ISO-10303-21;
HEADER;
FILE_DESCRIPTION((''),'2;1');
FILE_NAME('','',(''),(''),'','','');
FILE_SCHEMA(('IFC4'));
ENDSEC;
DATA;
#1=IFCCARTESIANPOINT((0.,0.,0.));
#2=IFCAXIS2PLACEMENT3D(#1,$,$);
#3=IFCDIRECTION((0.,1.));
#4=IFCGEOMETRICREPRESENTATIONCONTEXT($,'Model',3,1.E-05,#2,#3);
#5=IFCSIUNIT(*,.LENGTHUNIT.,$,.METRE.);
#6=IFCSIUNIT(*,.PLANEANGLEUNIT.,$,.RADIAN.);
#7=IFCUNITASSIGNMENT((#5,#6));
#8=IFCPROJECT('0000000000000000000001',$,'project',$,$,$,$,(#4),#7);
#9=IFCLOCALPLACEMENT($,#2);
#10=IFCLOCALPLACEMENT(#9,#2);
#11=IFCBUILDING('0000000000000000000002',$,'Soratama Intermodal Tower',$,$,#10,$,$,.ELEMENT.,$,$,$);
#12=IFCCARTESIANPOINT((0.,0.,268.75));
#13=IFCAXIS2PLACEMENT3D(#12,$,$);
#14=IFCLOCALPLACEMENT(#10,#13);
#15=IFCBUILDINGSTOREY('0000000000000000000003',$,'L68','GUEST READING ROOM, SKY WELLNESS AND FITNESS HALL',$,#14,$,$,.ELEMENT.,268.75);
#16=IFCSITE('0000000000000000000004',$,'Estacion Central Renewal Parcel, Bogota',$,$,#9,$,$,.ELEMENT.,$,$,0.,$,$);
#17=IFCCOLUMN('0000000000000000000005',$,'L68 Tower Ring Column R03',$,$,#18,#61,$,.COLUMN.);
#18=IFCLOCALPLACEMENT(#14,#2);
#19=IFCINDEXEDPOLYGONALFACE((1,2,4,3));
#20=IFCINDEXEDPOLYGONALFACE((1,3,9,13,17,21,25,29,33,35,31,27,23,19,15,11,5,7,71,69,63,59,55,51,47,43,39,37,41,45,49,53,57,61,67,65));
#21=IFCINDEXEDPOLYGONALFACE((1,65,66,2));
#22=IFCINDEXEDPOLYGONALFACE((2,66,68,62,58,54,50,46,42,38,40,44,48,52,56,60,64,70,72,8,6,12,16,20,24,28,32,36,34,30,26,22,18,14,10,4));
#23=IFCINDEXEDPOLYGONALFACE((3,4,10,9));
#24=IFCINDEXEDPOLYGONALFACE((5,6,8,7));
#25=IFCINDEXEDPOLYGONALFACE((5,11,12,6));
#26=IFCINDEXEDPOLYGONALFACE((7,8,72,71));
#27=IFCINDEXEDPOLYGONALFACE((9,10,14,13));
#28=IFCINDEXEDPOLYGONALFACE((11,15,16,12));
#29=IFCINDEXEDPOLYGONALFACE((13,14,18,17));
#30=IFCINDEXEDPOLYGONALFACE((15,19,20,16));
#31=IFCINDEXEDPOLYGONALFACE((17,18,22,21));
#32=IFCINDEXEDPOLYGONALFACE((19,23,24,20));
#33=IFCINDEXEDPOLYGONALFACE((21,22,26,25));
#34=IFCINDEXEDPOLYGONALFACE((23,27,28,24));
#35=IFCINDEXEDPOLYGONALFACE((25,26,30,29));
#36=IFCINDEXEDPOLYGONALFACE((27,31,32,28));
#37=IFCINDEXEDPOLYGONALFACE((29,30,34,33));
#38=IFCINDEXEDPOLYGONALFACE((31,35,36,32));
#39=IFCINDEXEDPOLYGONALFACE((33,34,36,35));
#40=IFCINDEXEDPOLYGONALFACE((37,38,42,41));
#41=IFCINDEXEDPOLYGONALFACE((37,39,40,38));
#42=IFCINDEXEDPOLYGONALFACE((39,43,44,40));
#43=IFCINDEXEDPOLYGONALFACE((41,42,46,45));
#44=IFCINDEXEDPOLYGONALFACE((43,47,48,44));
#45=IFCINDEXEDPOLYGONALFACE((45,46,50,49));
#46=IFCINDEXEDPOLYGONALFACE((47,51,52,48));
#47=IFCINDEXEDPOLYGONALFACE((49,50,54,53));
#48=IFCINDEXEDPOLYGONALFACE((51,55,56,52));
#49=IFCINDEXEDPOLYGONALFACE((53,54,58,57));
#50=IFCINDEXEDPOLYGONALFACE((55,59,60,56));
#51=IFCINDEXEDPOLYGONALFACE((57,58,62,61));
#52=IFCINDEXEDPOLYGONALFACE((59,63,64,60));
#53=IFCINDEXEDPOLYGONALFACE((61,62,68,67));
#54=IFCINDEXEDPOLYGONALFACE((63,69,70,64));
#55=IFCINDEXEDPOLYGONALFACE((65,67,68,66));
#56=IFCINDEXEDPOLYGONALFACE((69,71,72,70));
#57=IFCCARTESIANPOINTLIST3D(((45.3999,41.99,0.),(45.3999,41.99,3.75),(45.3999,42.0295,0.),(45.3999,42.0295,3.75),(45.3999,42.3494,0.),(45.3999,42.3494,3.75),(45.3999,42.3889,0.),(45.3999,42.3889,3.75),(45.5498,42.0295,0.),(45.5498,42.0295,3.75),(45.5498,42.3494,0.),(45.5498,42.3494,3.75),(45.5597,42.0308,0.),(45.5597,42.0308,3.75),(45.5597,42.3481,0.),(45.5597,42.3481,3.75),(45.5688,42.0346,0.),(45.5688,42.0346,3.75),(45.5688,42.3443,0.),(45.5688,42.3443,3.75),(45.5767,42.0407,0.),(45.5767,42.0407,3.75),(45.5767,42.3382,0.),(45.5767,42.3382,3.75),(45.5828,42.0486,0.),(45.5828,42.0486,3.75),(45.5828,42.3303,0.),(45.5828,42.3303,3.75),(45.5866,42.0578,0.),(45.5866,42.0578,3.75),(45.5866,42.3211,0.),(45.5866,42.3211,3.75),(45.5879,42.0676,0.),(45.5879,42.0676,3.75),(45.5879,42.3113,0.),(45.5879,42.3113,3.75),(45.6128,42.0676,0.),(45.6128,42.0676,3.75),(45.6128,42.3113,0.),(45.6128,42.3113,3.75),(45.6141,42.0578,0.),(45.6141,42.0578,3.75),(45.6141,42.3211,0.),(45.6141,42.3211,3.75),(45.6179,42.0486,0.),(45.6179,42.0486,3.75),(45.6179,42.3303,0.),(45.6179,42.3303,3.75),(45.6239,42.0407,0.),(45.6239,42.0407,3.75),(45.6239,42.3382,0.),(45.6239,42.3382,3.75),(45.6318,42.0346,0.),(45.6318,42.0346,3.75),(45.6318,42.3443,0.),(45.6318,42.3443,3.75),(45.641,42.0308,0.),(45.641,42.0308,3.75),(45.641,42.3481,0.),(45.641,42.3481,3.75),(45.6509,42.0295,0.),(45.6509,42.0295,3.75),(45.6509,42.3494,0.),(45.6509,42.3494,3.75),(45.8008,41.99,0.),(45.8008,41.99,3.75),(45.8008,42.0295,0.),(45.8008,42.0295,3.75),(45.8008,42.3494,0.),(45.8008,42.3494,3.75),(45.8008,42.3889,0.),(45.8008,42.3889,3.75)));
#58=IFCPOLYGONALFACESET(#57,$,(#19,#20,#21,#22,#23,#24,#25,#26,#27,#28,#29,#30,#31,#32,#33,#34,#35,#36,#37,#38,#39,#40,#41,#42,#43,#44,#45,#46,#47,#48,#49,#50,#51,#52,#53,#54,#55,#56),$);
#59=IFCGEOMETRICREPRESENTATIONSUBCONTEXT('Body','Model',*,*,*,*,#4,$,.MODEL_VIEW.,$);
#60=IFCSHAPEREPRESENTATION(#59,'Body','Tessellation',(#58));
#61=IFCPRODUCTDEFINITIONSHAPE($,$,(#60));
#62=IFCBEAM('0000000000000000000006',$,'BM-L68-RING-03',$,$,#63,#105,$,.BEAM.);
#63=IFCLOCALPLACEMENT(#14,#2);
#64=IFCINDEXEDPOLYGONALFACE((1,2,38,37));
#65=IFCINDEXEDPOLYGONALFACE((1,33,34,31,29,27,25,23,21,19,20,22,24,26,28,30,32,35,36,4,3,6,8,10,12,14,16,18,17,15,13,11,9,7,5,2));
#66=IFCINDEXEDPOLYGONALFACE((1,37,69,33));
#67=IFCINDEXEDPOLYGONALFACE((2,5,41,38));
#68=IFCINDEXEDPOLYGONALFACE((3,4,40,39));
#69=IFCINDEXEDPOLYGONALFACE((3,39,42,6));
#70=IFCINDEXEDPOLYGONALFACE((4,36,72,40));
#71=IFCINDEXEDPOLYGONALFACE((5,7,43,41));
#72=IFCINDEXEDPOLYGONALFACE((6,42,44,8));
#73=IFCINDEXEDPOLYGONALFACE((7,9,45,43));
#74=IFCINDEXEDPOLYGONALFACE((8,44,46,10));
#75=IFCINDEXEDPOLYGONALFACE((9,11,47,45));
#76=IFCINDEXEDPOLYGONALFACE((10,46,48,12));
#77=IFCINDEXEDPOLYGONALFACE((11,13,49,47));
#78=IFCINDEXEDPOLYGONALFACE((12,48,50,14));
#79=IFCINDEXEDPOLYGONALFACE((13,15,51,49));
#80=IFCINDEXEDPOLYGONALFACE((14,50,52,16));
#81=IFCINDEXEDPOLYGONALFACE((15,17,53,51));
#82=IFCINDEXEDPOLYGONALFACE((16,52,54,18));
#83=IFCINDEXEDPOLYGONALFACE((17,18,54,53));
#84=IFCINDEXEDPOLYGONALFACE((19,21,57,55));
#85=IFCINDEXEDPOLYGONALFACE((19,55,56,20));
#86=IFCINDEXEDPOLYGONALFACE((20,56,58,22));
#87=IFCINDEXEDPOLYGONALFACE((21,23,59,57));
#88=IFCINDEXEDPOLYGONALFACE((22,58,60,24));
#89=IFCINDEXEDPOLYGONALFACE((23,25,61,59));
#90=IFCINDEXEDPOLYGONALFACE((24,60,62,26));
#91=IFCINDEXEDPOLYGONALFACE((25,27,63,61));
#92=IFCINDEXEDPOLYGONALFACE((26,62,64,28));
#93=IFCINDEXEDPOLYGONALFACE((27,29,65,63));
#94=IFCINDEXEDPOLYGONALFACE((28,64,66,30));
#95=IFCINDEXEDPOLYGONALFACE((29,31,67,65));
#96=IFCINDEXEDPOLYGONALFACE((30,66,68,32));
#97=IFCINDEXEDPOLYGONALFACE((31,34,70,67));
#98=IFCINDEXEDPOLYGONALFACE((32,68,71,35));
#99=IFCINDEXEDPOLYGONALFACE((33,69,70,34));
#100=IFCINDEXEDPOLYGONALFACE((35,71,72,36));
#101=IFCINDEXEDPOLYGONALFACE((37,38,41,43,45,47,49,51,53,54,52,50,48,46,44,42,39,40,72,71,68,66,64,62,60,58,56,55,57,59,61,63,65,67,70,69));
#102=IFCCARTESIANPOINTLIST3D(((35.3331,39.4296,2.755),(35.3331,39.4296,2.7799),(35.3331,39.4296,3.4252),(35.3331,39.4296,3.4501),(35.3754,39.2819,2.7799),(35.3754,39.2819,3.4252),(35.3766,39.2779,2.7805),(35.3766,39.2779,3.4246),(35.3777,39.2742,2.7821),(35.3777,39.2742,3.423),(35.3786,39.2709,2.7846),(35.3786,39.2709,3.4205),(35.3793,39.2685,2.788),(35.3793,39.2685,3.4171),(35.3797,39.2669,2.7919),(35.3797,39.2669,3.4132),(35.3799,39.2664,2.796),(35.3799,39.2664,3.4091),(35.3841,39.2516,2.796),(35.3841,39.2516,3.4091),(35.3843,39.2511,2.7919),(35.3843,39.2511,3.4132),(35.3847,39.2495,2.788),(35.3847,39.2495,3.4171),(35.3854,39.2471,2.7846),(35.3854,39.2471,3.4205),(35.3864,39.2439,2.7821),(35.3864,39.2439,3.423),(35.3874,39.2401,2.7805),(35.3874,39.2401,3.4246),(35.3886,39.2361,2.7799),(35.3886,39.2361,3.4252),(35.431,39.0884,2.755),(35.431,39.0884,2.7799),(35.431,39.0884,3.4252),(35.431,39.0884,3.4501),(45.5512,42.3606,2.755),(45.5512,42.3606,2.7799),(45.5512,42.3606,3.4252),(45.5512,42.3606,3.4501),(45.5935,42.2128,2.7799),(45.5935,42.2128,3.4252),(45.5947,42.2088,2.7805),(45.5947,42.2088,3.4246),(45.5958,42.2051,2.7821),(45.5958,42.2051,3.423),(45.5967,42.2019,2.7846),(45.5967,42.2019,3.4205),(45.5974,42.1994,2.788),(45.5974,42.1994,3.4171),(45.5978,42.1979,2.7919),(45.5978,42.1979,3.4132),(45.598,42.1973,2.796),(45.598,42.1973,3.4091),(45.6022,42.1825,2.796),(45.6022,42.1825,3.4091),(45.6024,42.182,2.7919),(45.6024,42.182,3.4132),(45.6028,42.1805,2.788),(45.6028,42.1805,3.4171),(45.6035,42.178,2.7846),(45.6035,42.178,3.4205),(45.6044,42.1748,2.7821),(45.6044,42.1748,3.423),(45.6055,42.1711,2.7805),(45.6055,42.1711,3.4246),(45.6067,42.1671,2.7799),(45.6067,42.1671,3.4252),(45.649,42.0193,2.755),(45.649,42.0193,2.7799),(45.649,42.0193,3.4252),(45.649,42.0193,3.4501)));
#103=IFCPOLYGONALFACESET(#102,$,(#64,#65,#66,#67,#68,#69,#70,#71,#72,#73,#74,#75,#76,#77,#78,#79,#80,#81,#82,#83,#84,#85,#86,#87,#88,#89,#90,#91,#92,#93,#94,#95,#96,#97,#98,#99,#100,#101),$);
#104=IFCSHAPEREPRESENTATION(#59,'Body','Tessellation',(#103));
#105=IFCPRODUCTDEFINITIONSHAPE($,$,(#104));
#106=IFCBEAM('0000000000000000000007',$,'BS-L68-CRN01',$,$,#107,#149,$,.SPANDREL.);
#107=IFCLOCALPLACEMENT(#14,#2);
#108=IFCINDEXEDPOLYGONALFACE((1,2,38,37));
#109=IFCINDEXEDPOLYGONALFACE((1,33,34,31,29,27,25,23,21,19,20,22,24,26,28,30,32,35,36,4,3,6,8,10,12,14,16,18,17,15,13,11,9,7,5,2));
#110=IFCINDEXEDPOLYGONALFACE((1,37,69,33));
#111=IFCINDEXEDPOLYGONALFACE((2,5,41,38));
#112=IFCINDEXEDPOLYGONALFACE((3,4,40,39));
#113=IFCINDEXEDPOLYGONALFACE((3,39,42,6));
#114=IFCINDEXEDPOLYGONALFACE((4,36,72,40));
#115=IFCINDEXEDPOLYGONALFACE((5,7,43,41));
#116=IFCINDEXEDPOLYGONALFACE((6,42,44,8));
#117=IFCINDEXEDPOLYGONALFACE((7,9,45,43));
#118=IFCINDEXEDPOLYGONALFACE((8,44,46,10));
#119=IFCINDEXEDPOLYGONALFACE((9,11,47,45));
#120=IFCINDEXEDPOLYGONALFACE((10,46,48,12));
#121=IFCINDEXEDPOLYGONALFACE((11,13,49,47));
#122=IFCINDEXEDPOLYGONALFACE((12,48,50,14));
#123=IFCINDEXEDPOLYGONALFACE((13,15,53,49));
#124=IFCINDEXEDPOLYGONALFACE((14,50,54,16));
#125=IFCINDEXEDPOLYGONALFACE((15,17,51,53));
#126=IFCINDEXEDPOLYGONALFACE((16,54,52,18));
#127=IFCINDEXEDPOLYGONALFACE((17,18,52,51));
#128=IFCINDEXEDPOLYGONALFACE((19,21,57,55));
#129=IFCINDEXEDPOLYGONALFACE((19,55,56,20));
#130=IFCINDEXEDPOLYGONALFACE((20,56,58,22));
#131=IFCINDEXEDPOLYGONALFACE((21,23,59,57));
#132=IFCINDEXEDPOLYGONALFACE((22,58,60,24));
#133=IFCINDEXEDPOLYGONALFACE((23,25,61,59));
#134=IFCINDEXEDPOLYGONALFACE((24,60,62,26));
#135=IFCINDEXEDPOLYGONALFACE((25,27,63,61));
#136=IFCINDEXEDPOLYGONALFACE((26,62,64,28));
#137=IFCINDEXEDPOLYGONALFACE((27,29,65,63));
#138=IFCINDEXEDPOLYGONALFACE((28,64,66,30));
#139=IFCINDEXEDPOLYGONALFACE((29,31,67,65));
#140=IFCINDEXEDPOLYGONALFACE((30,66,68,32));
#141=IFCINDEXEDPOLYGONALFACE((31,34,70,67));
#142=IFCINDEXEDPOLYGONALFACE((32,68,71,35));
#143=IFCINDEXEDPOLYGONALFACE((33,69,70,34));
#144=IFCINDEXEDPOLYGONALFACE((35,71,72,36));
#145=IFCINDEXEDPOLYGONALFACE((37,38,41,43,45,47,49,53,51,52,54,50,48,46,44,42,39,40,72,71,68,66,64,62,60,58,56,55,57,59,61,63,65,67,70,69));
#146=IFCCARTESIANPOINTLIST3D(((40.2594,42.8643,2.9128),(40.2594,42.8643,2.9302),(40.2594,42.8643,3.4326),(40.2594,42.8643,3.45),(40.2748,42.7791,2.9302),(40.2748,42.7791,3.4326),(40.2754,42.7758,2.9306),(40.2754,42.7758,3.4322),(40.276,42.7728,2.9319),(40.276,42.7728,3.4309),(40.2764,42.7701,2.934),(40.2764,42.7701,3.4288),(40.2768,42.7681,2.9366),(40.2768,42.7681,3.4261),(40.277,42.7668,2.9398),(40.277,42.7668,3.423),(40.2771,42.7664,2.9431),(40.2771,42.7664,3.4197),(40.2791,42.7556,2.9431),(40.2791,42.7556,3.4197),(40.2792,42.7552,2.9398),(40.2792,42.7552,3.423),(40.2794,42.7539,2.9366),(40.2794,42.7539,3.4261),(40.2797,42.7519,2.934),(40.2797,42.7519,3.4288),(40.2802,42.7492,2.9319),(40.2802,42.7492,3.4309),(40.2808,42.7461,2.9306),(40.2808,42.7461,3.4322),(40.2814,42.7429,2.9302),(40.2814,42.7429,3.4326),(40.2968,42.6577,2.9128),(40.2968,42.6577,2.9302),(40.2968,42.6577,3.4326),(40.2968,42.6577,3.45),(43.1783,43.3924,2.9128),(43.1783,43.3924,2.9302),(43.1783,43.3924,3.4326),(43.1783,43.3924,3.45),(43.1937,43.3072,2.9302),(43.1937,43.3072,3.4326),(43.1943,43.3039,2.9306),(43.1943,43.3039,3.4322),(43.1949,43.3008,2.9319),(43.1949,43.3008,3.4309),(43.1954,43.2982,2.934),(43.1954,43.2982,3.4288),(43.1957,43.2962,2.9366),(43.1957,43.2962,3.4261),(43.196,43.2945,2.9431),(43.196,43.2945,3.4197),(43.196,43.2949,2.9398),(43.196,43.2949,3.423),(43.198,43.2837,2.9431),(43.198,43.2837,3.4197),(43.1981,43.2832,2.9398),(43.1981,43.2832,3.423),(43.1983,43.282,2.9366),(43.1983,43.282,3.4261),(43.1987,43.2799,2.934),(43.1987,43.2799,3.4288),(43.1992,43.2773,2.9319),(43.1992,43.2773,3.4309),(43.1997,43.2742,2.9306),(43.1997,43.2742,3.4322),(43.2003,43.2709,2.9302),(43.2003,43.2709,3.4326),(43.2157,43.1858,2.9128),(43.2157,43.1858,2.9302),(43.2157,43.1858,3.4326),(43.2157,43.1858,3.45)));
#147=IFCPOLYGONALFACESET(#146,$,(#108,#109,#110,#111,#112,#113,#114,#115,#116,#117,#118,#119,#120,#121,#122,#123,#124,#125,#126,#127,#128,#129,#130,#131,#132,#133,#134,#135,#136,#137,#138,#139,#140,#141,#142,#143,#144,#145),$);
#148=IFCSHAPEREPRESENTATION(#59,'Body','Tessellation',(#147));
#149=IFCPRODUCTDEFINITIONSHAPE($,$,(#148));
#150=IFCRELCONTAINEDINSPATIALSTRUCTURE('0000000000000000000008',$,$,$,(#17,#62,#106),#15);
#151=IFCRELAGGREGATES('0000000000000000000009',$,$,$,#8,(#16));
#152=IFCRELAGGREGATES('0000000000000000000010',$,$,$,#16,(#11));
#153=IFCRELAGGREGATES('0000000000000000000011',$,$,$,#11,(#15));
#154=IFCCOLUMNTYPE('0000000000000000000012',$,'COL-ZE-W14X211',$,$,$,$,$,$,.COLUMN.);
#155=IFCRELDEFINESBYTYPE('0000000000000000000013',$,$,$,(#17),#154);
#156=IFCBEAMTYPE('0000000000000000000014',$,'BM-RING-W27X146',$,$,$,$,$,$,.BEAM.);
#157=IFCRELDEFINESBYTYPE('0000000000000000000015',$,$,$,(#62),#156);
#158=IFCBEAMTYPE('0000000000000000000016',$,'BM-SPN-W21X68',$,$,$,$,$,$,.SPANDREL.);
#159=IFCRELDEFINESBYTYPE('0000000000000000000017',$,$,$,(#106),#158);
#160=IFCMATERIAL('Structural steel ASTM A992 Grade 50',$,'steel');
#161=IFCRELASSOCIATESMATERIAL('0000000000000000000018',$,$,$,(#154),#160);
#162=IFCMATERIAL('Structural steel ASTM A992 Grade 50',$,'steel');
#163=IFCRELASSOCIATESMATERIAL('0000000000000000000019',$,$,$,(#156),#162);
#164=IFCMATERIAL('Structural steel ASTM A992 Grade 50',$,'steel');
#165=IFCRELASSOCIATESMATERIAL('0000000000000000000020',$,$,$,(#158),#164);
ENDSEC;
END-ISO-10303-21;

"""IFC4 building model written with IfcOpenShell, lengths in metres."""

from ifc_helpers import new_model, si_unit, direction, frame, origin, origin_2d, place, context, subcontext, project, spatial, i_section, extrude, material, material_profile, profile_set, type_object, element, save


model = new_model("IFC4")

# Units and contexts
model_context = context("Model", 3, precision=1e-05, world=origin(), true_north=direction((0.0, 1.0)))
body_context = subcontext(model_context, "Body", "Model", "MODEL_VIEW")
ifc_project = project(units=[si_unit("LENGTHUNIT", "METRE"), si_unit("PLANEANGLEUNIT", "RADIAN")], contexts=[model_context])

# Site, building, storey
site_placement = place(None, origin())
site = spatial("IfcSite", under=ifc_project, at=site_placement, Name="Estacion Central Renewal Parcel, Bogota", CompositionType="ELEMENT", RefElevation=0.0)
building_placement = place(site_placement, origin())
building = spatial("IfcBuilding", under=site, at=building_placement, Name="Soratama Intermodal Tower", CompositionType="ELEMENT")
storey_placement = place(building_placement, frame((0.0, 0.0, 268.75)))
storey = spatial("IfcBuildingStorey", under=building, at=storey_placement, Name="L68", Description="GUEST READING ROOM, SKY WELLNESS AND FITNESS HALL", CompositionType="ELEMENT", Elevation=268.75)

# Column
ifc_material_1 = material(Name="Structural steel ASTM A992 Grade 50", Category="steel")
ifc_material_profile_1 = material_profile(ifc_material_1, i_section(OverallWidth=0.4009, OverallDepth=0.3989, WebThickness=0.0249, FlangeThickness=0.0396, FilletRadius=0.0381, at=origin_2d()), Name="W14X211")
ifc_profile_set_1 = profile_set([ifc_material_profile_1], Name="Structural steel ASTM A992 Grade 50")
column_type = type_object("IfcColumnType", Name="COL-ZE-W14X211", PredefinedType="COLUMN", material=ifc_profile_set_1)
column_placement = place(storey_placement, frame((45.6003, 42.1895, 0.0), z_axis=(0.0, 0.0, 1.0), x_axis=(1.0, 0.0, 0.0)))
element("IfcColumn", 1, at=column_placement, inside=storey, type_object=column_type, Name="L68 Tower Ring Column R03", PredefinedType="COLUMN", context=body_context, shape_type="SweptSolid", body=[
    extrude(i_section(OverallWidth=0.4009, OverallDepth=0.3989, WebThickness=0.0249, FlangeThickness=0.0396, FilletRadius=0.0381, at=origin_2d()), origin(), (0.0, 0.0, 1.0), 3.75),
])

# Beams
ifc_material_2 = material(Name="Structural steel ASTM A992 Grade 50", Category="steel")
ifc_material_profile_2 = material_profile(ifc_material_2, i_section(OverallWidth=0.355, OverallDepth=0.6951, WebThickness=0.0154, FlangeThickness=0.0249, FilletRadius=0.0161, at=origin_2d()), Name="W27X146")
ifc_profile_set_2 = profile_set([ifc_material_profile_2], Name="Structural steel ASTM A992 Grade 50")
beam_type_1 = type_object("IfcBeamType", Name="BM-RING-W27X146", PredefinedType="BEAM", material=ifc_profile_set_2)
beam_1_placement = place(storey_placement, frame((45.6001, 42.1899, 3.1025), z_axis=(-0.961238, -0.275719, 0.0), x_axis=(0.275719, -0.961238, 0.0)))
element("IfcBeam", 2, at=beam_1_placement, inside=storey, type_object=beam_type_1, Name="BM-L68-RING-03", PredefinedType="BEAM", context=body_context, shape_type="SweptSolid", body=[
    extrude(i_section(OverallWidth=0.355, OverallDepth=0.6951, WebThickness=0.0154, FlangeThickness=0.0249, FilletRadius=0.0161, at=origin_2d()), origin(), (0.0, 0.0, 1.0), 10.6301),
])
ifc_material_3 = material(Name="Structural steel ASTM A992 Grade 50", Category="steel")
ifc_material_profile_3 = material_profile(ifc_material_3, i_section(OverallWidth=0.21, OverallDepth=0.5371, WebThickness=0.011, FlangeThickness=0.0173, FilletRadius=0.0129, at=origin_2d()), Name="W21X68")
ifc_profile_set_3 = profile_set([ifc_material_profile_3], Name="Structural steel ASTM A992 Grade 50")
beam_type_2 = type_object("IfcBeamType", Name="BM-SPN-W21X68", PredefinedType="SPANDREL", material=ifc_profile_set_3)
beam_2_placement = place(storey_placement, frame((43.197, 43.2891, 3.1814), z_axis=(-0.984026, -0.178023, 0.0), x_axis=(0.178023, -0.984026, 0.0)))
element("IfcBeam", 3, at=beam_2_placement, inside=storey, type_object=beam_type_2, Name="BS-L68-CRN01", PredefinedType="SPANDREL", context=body_context, shape_type="SweptSolid", body=[
    extrude(i_section(OverallWidth=0.21, OverallDepth=0.5371, WebThickness=0.011, FlangeThickness=0.0173, FilletRadius=0.0129, at=origin_2d()), origin(), (0.0, 0.0, 1.0), 2.9663),
])

save(model, "model.ifc")
